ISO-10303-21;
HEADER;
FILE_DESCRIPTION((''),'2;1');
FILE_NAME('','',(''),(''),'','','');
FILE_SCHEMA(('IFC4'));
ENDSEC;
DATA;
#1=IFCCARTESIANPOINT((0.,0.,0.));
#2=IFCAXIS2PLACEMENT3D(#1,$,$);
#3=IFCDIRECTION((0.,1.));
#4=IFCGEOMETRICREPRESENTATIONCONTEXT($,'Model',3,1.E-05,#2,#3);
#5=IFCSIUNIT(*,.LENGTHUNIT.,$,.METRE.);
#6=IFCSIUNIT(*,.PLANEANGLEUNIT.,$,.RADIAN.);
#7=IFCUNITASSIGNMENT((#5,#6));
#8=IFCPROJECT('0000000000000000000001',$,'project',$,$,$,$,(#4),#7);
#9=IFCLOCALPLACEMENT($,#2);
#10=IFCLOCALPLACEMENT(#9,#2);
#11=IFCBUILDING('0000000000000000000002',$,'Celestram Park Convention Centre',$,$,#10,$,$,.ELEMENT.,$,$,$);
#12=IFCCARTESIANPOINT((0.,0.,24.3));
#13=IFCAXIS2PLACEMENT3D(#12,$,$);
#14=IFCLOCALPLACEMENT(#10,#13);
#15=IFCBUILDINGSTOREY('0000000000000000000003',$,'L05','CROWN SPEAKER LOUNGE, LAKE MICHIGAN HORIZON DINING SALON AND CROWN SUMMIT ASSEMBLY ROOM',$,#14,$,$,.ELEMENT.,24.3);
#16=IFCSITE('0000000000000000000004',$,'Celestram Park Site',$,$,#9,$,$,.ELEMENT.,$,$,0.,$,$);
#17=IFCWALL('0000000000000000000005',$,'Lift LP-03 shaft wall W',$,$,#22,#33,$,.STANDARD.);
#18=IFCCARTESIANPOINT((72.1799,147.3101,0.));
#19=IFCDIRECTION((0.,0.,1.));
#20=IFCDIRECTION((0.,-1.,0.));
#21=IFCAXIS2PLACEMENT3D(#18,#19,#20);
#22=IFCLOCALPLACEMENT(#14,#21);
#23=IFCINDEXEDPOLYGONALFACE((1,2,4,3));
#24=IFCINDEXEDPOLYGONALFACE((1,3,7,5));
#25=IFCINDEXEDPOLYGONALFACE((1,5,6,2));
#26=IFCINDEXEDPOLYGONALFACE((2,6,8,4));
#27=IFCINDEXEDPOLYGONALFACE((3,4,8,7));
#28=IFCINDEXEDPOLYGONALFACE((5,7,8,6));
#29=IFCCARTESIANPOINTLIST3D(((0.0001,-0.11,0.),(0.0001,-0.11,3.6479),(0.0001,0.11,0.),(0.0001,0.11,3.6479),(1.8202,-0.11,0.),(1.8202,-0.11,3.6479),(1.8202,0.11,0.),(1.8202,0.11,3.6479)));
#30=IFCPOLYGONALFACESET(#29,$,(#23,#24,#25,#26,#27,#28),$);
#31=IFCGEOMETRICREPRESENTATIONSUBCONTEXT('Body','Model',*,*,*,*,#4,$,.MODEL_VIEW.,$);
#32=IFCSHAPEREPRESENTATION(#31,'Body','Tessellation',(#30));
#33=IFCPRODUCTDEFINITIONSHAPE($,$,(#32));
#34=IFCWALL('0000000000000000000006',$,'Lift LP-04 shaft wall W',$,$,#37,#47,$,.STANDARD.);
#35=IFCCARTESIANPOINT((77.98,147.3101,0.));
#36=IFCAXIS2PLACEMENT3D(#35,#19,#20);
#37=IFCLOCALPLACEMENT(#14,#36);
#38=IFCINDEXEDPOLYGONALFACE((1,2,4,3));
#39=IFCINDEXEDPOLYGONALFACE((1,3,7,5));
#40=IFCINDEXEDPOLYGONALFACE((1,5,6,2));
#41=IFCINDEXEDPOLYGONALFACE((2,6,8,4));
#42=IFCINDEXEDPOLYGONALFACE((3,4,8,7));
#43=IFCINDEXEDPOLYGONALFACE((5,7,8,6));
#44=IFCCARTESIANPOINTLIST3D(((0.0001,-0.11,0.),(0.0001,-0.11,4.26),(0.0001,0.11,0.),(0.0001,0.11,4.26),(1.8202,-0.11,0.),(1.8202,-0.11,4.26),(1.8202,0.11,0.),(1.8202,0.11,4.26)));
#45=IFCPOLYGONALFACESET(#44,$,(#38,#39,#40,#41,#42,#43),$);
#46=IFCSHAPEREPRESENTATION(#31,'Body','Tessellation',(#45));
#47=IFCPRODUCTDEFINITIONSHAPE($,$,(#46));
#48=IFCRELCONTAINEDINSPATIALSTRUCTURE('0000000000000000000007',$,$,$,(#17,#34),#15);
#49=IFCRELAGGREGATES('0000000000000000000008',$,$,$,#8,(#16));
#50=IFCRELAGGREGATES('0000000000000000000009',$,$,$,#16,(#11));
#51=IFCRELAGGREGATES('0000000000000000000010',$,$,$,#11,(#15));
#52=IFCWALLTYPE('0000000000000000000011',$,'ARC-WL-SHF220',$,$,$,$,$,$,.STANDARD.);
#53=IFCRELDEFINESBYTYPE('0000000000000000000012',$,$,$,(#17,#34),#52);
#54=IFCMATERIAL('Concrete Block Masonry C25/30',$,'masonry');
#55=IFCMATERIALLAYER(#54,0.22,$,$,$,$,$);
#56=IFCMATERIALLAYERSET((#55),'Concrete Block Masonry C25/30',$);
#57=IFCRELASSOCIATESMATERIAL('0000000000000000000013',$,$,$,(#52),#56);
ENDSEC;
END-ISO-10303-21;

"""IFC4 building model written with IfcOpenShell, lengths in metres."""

from ifc_helpers import new_model, si_unit, direction, frame, frame_2d, origin, place, context, subcontext, project, spatial, rectangle, extrude, material, layer, layer_set, type_object, element, save


model = new_model("IFC4")

# Units and contexts
model_context = context("Model", 3, precision=1e-05, world=origin(), true_north=direction((0.0, 1.0)))
body_context = subcontext(model_context, "Body", "Model", "MODEL_VIEW")
ifc_project = project(units=[si_unit("LENGTHUNIT", "METRE"), si_unit("PLANEANGLEUNIT", "RADIAN")], contexts=[model_context])

# Site, building, storey
site_placement = place(None, origin())
site = spatial("IfcSite", under=ifc_project, at=site_placement, Name="Celestram Park Site", CompositionType="ELEMENT", RefElevation=0.0)
building_placement = place(site_placement, origin())
building = spatial("IfcBuilding", under=site, at=building_placement, Name="Celestram Park Convention Centre", CompositionType="ELEMENT")
storey_placement = place(building_placement, frame((0.0, 0.0, 24.3)))
storey = spatial("IfcBuildingStorey", under=building, at=storey_placement, Name="L05", Description="CROWN SPEAKER LOUNGE, LAKE MICHIGAN HORIZON DINING SALON AND CROWN SUMMIT ASSEMBLY ROOM", CompositionType="ELEMENT", Elevation=24.3)

# Shared definitions
ifc_material_1 = material(Name="Concrete Block Masonry C25/30", Category="masonry")

# Wall
ifc_layer_1 = layer(ifc_material_1, 0.22)
ifc_layer_set_1 = layer_set([ifc_layer_1], Name="Concrete Block Masonry C25/30")
wall_type_1 = type_object("IfcWallType", Name="ARC-WL-SHF220", PredefinedType="STANDARD", material=ifc_layer_set_1)
for number, where, z_axis, x_axis, name in (
    (1, (72.1799, 147.3101, 0.0), (0.0, 0.0, 1.0), (0.0, -1.0, 0.0), "Lift LP-03 shaft wall W"),
):
    element("IfcWall", number, at=place(storey_placement, frame(where, z_axis=z_axis, x_axis=x_axis)), inside=storey, type_object=wall_type_1, Name=name, PredefinedType="STANDARD", context=body_context, shape_type="SweptSolid", body=[
        extrude(rectangle(XDim=1.8201, YDim=0.22, at=frame_2d((0.9102, 0.0))), origin(), (0.0, 0.0, 1.0), 3.6479),
    ])

# Wall
for number, where, z_axis, x_axis, name in (
    (2, (77.98, 147.3101, 0.0), (0.0, 0.0, 1.0), (0.0, -1.0, 0.0), "Lift LP-04 shaft wall W"),
):
    element("IfcWall", number, at=place(storey_placement, frame(where, z_axis=z_axis, x_axis=x_axis)), inside=storey, type_object=wall_type_1, Name=name, PredefinedType="STANDARD", context=body_context, shape_type="SweptSolid", body=[
        extrude(rectangle(XDim=1.8201, YDim=0.22, at=frame_2d((0.9102, 0.0))), origin(), (0.0, 0.0, 1.0), 4.26),
    ])

save(model, "model.ifc")
